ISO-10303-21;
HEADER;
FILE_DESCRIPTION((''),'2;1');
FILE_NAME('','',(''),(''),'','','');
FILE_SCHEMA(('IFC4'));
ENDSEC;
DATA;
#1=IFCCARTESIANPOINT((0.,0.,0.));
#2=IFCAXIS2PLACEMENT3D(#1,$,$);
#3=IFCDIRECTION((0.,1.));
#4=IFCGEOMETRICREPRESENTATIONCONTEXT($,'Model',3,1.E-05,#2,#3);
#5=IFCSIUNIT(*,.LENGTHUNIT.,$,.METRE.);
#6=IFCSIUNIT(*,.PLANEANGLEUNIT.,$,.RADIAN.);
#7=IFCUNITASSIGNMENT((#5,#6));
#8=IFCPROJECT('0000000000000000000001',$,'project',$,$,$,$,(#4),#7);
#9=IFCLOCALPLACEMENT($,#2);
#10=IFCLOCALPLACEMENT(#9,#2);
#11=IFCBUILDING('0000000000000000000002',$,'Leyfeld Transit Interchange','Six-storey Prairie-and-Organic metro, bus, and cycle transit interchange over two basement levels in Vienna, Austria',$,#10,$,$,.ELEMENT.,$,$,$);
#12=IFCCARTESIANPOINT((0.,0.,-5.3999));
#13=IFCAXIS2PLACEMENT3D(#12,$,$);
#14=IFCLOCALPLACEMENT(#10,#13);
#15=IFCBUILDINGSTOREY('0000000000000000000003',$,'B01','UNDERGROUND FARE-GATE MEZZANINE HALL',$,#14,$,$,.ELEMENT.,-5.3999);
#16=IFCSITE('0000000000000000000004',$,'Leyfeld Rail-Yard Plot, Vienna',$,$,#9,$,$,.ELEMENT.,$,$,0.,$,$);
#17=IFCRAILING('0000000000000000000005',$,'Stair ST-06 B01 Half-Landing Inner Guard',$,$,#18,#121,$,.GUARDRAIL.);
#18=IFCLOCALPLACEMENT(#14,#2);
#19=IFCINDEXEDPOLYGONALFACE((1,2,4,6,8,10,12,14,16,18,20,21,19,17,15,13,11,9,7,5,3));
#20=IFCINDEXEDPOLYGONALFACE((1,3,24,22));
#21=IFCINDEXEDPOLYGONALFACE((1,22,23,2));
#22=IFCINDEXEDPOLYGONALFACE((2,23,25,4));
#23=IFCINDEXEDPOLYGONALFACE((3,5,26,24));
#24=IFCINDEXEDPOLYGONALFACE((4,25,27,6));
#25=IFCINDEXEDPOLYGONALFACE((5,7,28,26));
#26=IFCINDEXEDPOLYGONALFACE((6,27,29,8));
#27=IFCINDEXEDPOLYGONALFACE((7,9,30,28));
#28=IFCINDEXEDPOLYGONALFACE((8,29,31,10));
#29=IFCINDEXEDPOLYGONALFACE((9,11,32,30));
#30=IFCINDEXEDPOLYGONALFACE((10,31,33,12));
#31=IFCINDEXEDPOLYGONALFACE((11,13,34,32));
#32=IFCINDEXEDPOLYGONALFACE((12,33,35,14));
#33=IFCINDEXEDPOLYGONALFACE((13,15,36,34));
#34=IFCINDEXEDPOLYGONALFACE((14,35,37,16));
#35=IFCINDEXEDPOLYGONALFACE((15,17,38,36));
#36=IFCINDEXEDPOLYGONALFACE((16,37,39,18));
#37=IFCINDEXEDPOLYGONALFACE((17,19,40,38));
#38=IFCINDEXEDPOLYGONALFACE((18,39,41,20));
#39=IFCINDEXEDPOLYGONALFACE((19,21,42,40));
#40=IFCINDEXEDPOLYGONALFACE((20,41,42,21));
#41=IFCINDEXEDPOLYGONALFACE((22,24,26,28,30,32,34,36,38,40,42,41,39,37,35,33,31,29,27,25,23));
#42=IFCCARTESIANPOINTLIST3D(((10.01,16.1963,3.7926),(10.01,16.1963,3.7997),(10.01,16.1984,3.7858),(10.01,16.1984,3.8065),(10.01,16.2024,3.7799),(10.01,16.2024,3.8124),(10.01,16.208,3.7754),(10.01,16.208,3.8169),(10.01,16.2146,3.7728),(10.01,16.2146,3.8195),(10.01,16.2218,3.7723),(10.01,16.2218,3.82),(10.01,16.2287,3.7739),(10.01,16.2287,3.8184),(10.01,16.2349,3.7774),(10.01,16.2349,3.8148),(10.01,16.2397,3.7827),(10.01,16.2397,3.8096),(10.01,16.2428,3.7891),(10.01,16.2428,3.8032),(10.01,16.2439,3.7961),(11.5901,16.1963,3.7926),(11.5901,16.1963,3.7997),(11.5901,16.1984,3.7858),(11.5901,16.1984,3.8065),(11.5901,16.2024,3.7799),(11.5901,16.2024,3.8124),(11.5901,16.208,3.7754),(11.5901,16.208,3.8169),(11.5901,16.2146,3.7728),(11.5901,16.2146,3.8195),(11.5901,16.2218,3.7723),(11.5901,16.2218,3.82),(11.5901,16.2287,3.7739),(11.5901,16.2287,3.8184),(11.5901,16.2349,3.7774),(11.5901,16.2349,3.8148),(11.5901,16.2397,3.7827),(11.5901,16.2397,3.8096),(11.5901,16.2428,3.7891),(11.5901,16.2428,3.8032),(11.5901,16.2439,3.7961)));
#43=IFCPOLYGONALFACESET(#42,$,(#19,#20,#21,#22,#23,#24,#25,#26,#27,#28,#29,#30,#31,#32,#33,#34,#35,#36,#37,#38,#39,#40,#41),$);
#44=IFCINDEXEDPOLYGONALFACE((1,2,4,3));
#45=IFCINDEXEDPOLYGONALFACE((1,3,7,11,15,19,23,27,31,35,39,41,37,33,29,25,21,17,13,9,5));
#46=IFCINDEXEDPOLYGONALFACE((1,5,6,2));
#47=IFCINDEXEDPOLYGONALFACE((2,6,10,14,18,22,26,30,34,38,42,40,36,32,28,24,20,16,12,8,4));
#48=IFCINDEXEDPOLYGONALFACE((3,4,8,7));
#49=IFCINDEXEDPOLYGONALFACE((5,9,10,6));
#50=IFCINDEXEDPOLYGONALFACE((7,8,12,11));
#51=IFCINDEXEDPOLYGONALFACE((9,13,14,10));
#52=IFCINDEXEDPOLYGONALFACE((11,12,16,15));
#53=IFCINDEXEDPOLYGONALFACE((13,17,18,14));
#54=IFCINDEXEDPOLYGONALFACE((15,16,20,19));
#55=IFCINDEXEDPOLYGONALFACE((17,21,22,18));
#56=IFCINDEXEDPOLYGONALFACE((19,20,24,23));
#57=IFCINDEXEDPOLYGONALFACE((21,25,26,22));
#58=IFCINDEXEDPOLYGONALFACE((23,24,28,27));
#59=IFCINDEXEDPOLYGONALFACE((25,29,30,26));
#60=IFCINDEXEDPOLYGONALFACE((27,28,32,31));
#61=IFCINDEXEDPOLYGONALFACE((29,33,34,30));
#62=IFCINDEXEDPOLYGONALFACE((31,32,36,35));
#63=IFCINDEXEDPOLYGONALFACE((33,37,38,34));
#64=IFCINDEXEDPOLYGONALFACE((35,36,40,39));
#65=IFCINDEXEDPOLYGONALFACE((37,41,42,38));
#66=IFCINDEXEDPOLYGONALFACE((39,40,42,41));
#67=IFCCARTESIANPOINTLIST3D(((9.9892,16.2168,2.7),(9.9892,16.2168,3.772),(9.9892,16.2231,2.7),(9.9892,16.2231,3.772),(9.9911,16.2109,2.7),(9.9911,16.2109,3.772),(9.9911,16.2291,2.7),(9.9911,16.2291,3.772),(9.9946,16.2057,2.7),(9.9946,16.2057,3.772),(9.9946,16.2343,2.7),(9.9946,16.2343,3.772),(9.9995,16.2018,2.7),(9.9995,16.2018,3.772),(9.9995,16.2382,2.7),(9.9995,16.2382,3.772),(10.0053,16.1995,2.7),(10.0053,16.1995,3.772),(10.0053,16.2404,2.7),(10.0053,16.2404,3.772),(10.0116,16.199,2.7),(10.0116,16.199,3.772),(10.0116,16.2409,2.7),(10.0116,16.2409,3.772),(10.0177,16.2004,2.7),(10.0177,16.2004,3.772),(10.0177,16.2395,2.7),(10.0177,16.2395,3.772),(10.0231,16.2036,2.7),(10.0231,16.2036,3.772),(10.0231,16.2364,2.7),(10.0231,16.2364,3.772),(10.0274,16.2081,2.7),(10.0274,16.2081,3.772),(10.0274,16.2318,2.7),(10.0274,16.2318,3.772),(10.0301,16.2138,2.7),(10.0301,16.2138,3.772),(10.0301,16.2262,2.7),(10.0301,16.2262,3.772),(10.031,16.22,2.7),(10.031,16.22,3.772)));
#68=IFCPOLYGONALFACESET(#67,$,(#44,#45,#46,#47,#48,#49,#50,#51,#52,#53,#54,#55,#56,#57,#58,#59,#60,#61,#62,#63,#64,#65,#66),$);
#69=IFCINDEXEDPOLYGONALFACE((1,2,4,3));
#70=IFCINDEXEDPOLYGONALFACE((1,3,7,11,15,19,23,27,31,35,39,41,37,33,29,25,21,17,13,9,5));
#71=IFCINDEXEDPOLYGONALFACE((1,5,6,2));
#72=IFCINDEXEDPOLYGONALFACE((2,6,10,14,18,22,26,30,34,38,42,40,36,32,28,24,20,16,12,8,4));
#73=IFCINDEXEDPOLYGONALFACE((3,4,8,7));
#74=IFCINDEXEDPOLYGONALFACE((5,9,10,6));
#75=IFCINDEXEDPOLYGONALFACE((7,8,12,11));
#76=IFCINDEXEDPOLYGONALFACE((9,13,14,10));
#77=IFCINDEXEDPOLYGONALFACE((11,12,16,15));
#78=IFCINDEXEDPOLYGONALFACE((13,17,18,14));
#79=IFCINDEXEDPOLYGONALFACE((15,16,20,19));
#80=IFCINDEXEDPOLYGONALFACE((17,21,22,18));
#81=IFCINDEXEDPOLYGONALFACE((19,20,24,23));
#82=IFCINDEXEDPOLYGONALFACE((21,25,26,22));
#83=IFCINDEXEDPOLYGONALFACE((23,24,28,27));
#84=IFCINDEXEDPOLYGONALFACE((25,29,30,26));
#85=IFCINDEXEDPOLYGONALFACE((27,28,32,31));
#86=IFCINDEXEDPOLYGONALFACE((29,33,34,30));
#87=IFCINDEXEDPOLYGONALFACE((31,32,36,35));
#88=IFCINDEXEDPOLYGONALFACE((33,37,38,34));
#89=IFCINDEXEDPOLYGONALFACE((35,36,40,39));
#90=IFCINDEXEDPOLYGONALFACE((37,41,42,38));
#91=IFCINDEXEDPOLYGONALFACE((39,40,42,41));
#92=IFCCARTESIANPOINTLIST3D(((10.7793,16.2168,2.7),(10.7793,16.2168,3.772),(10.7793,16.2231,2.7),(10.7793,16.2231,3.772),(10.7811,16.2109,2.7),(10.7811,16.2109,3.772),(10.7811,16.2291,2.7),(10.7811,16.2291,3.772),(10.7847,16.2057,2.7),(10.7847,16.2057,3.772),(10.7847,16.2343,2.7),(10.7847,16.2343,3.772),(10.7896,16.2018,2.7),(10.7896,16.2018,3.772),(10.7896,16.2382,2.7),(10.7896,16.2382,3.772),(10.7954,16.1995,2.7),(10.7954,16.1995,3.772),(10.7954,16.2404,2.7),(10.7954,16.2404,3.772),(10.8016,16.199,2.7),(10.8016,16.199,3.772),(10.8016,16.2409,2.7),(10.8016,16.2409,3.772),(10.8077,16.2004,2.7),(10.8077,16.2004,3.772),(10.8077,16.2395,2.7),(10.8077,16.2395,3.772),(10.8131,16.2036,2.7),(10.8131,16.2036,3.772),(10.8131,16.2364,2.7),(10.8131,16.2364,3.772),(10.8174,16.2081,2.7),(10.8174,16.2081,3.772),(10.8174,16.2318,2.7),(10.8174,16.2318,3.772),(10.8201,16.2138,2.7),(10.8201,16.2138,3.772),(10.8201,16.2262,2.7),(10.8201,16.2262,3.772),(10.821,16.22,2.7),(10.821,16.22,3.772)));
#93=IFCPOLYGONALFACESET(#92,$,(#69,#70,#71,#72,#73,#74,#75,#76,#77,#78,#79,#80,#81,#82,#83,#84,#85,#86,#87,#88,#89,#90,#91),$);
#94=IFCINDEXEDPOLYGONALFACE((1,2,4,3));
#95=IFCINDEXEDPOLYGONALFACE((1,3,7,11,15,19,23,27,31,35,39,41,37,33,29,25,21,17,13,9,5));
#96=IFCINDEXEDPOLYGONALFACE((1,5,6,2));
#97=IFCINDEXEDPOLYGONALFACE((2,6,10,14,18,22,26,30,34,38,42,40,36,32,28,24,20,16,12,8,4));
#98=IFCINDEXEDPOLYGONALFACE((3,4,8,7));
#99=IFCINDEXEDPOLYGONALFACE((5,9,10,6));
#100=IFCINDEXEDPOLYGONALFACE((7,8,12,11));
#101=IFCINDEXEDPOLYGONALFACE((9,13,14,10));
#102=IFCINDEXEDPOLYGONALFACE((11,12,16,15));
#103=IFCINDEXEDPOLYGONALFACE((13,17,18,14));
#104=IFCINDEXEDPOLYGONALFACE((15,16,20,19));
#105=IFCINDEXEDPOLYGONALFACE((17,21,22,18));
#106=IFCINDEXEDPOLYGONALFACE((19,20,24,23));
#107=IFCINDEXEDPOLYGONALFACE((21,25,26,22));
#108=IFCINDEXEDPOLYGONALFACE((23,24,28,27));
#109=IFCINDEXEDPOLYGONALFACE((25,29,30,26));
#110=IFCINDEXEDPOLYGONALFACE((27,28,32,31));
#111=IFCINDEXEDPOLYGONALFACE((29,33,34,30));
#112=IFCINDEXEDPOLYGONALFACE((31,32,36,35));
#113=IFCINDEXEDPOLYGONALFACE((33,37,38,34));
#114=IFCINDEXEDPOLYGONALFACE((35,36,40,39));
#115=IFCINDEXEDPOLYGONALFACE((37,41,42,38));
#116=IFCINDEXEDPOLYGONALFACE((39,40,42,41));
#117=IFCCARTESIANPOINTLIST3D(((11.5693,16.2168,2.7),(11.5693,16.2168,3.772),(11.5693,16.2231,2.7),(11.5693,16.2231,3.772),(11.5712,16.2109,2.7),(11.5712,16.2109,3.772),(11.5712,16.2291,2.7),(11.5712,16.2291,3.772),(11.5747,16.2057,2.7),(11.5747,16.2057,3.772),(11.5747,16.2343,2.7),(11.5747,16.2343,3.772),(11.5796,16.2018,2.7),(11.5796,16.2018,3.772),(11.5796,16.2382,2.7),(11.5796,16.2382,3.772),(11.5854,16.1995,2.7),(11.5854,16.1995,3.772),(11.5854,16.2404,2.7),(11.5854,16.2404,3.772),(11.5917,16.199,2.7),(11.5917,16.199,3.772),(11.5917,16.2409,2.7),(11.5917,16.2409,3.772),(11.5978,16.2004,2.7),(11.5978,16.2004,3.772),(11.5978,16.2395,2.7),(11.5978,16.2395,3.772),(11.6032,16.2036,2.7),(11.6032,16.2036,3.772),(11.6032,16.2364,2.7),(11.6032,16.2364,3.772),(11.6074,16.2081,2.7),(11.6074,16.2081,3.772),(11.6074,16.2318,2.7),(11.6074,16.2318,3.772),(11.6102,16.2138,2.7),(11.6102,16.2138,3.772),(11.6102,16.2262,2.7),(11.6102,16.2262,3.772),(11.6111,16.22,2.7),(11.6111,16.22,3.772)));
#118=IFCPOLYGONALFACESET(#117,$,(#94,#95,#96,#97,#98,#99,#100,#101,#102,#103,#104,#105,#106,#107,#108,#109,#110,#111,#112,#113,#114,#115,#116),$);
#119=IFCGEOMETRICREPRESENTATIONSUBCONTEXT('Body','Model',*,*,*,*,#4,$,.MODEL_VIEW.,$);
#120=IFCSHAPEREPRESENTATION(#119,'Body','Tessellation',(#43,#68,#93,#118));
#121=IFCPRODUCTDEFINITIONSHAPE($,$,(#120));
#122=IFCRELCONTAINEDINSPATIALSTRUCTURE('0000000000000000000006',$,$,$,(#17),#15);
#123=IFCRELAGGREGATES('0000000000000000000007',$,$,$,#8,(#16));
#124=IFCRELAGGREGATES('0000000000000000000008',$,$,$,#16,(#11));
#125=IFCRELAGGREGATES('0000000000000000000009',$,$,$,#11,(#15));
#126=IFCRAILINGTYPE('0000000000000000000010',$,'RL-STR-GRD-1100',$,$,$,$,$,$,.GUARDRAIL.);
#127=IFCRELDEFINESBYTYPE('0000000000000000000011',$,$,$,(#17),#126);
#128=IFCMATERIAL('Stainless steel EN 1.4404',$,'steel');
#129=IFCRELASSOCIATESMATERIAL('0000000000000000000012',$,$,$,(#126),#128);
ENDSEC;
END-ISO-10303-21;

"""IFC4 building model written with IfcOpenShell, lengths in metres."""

from ifc_helpers import new_model, si_unit, direction, frame, origin, origin_2d, place, context, subcontext, project, spatial, circle, extrude, material, type_object, element, save


model = new_model("IFC4")

# Units and contexts
model_context = context("Model", 3, precision=1e-05, world=origin(), true_north=direction((0.0, 1.0)))
body_context = subcontext(model_context, "Body", "Model", "MODEL_VIEW")
ifc_project = project(units=[si_unit("LENGTHUNIT", "METRE"), si_unit("PLANEANGLEUNIT", "RADIAN")], contexts=[model_context])

# Site, building, storey
site_placement = place(None, origin())
site = spatial("IfcSite", under=ifc_project, at=site_placement, Name="Leyfeld Rail-Yard Plot, Vienna", CompositionType="ELEMENT", RefElevation=0.0)
building_placement = place(site_placement, origin())
building = spatial("IfcBuilding", under=site, at=building_placement, Name="Leyfeld Transit Interchange", Description="Six-storey Prairie-and-Organic metro, bus, and cycle transit interchange over two basement levels in Vienna, Austria", CompositionType="ELEMENT")
storey_placement = place(building_placement, frame((0.0, 0.0, -5.3999)))
storey = spatial("IfcBuildingStorey", under=building, at=storey_placement, Name="B01", Description="UNDERGROUND FARE-GATE MEZZANINE HALL", CompositionType="ELEMENT", Elevation=-5.3999)

# Railing
ifc_material_1 = material(Name="Stainless steel EN 1.4404", Category="steel")
railing_type_1 = type_object("IfcRailingType", Name="RL-STR-GRD-1100", PredefinedType="GUARDRAIL", material=ifc_material_1)
railing_1_placement = place(storey_placement, frame((10.01, 16.22, 2.7)))
element("IfcRailing", 1, at=railing_1_placement, inside=storey, type_object=railing_type_1, Name="Stair ST-06 B01 Half-Landing Inner Guard", PredefinedType="GUARDRAIL", context=body_context, shape_type="SweptSolid", body=[
    extrude(circle(Radius=0.0239, at=origin_2d()), frame((0.0, 0.0, 1.0962), z_axis=(1.0, 0.0, 0.0), x_axis=(0.0, 1.0, 0.0)), (0.0, 0.0, 1.0), 1.5801),
    extrude(circle(Radius=0.021, at=origin_2d()), origin(), (0.0, 0.0, 1.0), 1.072),
    extrude(circle(Radius=0.021, at=origin_2d()), frame((0.79, 0.0, 0.0)), (0.0, 0.0, 1.0), 1.072),
    extrude(circle(Radius=0.021, at=origin_2d()), frame((1.5801, 0.0, 0.0)), (0.0, 0.0, 1.0), 1.072),
])

save(model, "model.ifc")
